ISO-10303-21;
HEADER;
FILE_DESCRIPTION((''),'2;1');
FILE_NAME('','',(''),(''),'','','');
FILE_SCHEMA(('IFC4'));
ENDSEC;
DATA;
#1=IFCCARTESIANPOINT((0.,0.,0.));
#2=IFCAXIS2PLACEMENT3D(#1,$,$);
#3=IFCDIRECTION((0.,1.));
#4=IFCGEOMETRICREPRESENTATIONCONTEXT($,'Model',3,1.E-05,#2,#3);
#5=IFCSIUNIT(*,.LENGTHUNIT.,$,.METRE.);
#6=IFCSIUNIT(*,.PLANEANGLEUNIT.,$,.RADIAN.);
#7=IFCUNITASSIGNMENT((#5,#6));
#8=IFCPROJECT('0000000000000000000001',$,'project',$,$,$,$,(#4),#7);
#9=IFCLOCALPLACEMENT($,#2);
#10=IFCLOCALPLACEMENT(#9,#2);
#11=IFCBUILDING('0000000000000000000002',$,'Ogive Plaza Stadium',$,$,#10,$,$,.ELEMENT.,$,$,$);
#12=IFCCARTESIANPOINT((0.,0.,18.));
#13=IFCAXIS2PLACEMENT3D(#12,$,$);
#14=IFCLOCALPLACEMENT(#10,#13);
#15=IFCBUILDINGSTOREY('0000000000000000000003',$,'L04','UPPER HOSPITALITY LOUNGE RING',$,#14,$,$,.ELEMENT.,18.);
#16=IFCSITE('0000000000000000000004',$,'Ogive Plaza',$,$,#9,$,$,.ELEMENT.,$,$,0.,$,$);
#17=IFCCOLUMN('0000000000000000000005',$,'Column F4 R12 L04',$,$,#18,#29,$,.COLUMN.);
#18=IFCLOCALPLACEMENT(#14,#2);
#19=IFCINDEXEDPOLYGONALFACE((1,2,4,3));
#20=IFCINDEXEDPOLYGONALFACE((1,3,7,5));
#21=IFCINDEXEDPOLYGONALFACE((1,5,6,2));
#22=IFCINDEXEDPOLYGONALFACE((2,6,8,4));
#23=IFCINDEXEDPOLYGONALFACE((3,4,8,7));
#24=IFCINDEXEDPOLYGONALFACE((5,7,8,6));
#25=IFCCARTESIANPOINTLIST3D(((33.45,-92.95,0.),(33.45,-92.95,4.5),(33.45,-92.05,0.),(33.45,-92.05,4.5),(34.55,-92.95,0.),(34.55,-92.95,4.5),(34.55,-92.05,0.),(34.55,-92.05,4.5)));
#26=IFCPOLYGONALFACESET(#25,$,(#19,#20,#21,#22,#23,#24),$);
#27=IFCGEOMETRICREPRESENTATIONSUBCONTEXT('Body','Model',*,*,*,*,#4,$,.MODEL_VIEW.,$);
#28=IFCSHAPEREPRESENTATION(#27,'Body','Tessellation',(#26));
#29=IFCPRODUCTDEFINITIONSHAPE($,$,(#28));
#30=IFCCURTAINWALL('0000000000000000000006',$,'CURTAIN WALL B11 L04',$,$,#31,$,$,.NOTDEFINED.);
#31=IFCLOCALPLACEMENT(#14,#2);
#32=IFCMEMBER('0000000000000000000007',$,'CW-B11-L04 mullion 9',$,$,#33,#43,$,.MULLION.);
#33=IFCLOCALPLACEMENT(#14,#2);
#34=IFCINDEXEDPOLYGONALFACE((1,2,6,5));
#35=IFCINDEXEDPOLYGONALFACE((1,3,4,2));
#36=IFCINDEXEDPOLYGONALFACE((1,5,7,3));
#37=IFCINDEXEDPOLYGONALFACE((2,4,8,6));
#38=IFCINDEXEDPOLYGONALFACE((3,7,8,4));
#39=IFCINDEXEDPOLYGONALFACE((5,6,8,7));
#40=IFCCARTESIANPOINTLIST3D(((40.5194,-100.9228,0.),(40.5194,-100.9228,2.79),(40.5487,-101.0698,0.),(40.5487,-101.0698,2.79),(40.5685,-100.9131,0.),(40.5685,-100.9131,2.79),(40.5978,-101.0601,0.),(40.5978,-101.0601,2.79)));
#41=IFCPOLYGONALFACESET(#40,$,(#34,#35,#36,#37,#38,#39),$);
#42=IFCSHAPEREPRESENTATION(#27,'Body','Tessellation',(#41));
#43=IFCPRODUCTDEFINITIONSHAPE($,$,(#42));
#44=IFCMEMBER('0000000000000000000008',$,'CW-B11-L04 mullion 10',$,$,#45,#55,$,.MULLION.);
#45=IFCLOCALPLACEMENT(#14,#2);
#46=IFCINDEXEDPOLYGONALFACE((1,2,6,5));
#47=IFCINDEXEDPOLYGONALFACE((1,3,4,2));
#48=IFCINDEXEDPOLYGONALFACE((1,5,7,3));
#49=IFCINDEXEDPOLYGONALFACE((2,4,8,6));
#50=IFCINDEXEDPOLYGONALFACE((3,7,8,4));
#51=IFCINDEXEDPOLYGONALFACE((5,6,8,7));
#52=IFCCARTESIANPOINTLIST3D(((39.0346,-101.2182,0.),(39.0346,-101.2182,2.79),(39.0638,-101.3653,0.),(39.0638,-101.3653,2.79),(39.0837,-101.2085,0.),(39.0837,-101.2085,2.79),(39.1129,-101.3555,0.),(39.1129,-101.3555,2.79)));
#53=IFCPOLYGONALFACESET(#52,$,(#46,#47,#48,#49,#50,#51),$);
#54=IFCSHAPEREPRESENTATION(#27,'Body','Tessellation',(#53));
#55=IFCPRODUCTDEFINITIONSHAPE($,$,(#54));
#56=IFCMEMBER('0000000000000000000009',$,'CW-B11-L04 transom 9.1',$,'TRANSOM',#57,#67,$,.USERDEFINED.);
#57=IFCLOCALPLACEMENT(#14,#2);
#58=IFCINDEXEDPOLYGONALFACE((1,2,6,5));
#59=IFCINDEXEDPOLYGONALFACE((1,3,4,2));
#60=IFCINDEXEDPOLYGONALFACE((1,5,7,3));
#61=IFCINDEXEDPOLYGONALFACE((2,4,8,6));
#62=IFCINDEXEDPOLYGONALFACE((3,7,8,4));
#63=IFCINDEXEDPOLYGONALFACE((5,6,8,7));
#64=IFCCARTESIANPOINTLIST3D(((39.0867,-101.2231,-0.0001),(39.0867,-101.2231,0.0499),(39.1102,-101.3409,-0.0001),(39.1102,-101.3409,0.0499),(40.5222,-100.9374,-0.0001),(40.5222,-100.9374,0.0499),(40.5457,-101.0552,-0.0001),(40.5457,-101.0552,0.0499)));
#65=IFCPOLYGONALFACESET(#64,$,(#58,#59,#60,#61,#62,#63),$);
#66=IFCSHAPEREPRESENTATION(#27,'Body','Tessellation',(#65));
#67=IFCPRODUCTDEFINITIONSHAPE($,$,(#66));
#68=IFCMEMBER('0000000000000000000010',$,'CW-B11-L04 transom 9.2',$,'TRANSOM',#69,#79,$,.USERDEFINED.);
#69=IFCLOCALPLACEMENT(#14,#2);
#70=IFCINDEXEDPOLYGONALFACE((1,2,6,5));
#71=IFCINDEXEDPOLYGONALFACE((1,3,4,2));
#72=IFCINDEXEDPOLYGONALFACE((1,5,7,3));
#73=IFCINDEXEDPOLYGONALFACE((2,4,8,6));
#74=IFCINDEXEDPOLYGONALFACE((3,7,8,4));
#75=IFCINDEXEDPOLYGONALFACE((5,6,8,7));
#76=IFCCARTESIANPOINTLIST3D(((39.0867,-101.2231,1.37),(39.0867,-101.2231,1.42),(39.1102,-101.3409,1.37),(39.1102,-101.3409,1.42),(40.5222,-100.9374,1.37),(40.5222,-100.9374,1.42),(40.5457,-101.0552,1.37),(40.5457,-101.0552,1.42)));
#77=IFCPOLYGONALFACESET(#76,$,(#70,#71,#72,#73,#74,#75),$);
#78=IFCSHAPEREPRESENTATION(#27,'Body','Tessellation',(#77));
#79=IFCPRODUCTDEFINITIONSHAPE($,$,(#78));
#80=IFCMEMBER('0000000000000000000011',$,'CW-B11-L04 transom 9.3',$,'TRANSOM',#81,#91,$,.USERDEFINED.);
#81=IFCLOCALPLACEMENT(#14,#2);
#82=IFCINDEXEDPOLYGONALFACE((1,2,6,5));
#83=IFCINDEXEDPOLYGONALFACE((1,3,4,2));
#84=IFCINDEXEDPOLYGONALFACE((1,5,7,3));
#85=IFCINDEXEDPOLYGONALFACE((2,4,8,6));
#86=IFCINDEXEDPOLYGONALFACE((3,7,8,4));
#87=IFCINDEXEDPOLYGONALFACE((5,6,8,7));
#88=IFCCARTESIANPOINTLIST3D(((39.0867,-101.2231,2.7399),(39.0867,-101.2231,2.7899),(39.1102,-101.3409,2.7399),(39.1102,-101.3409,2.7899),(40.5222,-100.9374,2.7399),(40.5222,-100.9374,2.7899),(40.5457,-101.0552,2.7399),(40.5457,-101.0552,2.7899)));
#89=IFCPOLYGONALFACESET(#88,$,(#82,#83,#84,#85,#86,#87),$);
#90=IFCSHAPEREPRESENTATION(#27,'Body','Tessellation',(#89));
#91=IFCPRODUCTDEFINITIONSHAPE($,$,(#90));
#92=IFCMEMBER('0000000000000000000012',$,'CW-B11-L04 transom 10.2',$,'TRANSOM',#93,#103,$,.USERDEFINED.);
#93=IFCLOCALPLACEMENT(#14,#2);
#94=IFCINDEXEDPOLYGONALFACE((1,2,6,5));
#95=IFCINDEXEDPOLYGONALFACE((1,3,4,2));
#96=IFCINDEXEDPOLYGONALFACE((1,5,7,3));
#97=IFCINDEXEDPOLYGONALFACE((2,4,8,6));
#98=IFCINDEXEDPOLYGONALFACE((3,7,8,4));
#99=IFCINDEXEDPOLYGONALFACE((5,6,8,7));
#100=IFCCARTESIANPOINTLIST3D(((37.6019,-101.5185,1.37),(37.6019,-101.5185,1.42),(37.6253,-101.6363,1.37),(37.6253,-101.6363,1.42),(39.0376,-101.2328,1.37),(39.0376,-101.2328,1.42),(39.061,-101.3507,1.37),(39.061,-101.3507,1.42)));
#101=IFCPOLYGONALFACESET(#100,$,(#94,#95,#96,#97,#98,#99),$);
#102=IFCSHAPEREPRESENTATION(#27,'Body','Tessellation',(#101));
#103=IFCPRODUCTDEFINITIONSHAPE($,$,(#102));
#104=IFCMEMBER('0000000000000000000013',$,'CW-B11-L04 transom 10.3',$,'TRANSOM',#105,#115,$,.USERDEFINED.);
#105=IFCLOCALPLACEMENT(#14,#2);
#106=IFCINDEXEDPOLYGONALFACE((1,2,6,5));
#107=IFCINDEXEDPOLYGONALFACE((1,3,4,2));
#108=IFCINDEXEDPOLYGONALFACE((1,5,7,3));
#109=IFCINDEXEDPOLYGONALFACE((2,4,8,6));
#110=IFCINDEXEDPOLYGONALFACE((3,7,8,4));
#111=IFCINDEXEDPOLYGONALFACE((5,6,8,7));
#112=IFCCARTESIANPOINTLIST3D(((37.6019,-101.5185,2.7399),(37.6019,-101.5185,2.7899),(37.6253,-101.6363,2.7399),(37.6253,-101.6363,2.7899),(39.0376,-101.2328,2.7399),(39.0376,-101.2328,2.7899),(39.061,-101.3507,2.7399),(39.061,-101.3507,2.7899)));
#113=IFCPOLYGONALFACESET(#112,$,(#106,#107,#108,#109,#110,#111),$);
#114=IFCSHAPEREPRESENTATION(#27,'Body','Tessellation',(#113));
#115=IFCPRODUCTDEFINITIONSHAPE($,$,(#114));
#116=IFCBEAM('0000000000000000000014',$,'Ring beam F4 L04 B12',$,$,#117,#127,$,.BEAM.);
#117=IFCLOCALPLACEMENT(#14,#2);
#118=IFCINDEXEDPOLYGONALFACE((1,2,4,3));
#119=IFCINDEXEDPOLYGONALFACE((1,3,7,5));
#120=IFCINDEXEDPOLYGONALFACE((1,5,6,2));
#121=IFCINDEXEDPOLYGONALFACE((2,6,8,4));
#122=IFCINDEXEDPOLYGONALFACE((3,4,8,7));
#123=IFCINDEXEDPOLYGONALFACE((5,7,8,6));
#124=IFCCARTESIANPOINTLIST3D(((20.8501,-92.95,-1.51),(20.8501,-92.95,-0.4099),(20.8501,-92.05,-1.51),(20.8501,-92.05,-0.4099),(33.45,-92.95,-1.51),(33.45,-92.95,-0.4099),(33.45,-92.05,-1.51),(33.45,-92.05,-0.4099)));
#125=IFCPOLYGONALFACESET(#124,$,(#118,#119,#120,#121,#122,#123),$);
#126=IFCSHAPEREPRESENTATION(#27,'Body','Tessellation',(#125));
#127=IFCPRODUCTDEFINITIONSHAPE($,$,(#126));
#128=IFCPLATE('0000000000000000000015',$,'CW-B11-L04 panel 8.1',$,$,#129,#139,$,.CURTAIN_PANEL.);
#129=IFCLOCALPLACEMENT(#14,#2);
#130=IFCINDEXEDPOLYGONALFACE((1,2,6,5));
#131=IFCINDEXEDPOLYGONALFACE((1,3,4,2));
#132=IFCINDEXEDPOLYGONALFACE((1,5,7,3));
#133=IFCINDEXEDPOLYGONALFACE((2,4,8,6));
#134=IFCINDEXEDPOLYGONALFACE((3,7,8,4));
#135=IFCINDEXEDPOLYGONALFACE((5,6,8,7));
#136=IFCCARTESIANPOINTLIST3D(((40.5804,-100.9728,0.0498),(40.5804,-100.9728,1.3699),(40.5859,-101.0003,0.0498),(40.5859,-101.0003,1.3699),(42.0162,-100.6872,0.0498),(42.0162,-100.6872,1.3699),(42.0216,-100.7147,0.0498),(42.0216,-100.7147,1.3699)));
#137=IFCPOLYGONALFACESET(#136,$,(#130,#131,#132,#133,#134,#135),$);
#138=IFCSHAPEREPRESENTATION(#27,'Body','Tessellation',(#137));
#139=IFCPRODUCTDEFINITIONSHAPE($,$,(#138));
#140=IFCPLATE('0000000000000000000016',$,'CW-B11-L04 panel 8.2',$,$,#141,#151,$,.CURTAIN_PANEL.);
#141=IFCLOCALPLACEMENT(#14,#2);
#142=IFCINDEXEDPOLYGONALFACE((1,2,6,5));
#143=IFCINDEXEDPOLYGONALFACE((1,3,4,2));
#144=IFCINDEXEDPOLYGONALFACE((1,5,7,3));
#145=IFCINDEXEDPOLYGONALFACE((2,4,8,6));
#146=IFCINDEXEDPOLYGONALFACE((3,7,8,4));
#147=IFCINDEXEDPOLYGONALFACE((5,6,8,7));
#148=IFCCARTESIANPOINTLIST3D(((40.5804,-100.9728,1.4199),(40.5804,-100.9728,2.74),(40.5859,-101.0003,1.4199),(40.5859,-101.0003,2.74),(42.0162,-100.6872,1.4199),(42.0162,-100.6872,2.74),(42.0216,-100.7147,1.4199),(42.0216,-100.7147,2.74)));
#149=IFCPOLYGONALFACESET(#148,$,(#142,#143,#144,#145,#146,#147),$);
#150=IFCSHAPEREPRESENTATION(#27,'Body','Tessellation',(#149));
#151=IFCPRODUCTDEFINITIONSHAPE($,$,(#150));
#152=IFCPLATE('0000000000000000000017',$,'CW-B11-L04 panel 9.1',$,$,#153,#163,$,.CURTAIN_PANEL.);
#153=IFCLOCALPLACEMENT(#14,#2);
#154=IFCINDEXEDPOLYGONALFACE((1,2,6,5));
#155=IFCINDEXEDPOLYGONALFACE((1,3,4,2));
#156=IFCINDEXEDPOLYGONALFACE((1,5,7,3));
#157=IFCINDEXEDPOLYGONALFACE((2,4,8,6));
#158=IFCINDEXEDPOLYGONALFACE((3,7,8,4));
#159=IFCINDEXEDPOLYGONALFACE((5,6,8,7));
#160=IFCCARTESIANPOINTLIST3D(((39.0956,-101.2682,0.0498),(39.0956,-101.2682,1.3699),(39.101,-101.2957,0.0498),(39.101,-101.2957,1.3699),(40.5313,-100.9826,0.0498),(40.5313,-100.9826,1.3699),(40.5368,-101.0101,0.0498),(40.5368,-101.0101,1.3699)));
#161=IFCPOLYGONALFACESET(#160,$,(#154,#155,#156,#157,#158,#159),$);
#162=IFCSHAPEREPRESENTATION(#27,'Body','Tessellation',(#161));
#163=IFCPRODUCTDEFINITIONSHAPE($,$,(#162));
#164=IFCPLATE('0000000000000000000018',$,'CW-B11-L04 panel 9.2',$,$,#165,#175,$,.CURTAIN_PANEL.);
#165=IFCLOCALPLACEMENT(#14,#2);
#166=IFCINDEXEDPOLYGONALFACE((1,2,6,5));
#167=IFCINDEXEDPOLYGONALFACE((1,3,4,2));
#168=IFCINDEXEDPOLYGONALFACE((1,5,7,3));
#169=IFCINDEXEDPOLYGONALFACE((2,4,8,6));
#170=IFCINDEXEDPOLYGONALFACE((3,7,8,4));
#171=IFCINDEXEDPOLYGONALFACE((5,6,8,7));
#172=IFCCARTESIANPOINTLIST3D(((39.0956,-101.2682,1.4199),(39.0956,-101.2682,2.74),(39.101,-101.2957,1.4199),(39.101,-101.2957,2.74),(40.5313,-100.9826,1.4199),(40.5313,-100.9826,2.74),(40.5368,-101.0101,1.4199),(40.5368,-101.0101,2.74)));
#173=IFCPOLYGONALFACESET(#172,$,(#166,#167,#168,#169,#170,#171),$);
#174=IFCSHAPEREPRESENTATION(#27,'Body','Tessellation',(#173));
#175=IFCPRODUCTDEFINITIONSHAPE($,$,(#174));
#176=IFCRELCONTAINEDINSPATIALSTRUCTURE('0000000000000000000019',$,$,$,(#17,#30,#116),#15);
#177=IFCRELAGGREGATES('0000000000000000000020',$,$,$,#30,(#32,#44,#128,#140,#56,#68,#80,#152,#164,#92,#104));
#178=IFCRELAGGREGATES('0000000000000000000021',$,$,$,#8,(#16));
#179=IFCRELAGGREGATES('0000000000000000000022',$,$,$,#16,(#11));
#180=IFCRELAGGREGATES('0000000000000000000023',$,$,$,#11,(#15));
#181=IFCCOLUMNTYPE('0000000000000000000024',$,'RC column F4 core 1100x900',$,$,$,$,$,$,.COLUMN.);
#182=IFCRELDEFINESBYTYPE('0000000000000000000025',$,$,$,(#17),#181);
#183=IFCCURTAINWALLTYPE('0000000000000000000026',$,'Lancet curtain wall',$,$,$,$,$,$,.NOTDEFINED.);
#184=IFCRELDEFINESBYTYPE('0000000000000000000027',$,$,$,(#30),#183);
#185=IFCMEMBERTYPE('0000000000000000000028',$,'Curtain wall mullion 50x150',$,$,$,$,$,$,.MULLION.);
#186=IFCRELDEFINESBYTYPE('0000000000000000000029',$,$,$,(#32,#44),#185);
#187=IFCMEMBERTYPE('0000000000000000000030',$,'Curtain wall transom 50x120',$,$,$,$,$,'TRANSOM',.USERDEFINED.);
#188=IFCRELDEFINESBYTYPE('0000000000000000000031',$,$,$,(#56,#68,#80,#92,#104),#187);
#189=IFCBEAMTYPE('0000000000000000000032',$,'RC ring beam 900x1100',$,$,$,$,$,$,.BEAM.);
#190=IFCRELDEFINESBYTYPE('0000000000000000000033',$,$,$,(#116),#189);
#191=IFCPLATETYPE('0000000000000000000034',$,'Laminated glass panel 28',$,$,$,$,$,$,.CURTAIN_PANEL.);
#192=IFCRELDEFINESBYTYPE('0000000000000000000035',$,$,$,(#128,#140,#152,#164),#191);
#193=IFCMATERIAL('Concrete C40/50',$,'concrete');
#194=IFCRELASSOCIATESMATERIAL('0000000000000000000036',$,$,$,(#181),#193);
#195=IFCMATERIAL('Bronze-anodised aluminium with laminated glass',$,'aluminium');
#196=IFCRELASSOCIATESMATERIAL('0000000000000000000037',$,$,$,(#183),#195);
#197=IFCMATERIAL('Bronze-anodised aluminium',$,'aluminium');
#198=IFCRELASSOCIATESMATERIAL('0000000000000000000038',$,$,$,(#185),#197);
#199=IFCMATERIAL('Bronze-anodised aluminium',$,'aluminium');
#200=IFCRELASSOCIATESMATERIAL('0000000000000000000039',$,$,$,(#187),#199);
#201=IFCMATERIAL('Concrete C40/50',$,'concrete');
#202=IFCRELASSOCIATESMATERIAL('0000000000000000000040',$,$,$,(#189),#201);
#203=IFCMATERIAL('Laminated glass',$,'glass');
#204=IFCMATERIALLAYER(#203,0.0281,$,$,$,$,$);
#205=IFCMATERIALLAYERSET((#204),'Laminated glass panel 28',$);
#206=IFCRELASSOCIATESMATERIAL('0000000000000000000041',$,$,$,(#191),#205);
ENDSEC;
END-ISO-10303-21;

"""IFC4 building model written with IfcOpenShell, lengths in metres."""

from ifc_helpers import new_model, si_unit, direction, frame, origin, origin_2d, place, context, subcontext, project, spatial, rectangle, extrude, material, layer, layer_set, material_profile, profile_set, type_object, element, aggregate, save


model = new_model("IFC4")

# Units and contexts
model_context = context("Model", 3, precision=1e-05, world=origin(), true_north=direction((0.0, 1.0)))
body_context = subcontext(model_context, "Body", "Model", "MODEL_VIEW")
ifc_project = project(units=[si_unit("LENGTHUNIT", "METRE"), si_unit("PLANEANGLEUNIT", "RADIAN")], contexts=[model_context])

# Site, building, storey
site_placement = place(None, origin())
site = spatial("IfcSite", under=ifc_project, at=site_placement, Name="Ogive Plaza", CompositionType="ELEMENT", RefElevation=0.0)
building_placement = place(site_placement, origin())
building = spatial("IfcBuilding", under=site, at=building_placement, Name="Ogive Plaza Stadium", CompositionType="ELEMENT")
storey_placement = place(building_placement, frame((0.0, 0.0, 18.0)))
storey = spatial("IfcBuildingStorey", under=building, at=storey_placement, Name="L04", Description="UPPER HOSPITALITY LOUNGE RING", CompositionType="ELEMENT", Elevation=18.0)

# Column
ifc_material_1 = material(Name="Concrete C40/50", Category="concrete")
ifc_material_profile_1 = material_profile(ifc_material_1, rectangle(XDim=1.1001, YDim=0.8999, at=origin_2d()), Name="RC 1100x900")
ifc_profile_set_1 = profile_set([ifc_material_profile_1], Name="Concrete C40/50")
column_type = type_object("IfcColumnType", Name="RC column F4 core 1100x900", PredefinedType="COLUMN", material=ifc_profile_set_1)
column_placement = place(storey_placement, frame((34.0, -92.5, 0.0), z_axis=(0.0, 0.0, 1.0), x_axis=(1.0, 0.0, 0.0)))
element("IfcColumn", 1, at=column_placement, inside=storey, type_object=column_type, Name="Column F4 R12 L04", PredefinedType="COLUMN", context=body_context, shape_type="SweptSolid", body=[
    extrude(rectangle(XDim=1.1001, YDim=0.8999, at=origin_2d()), origin(), (0.0, 0.0, 1.0), 4.5),
])

# Curtain wall, members
ifc_material_2 = material(Name="Bronze-anodised aluminium with laminated glass", Category="aluminium")
curtain_wall_type = type_object("IfcCurtainWallType", Name="Lancet curtain wall", PredefinedType="NOTDEFINED", material=ifc_material_2)
curtain_wall_placement = place(storey_placement, origin())
curtain_wall = element("IfcCurtainWall", 2, at=curtain_wall_placement, inside=storey, type_object=curtain_wall_type, Name="CURTAIN WALL B11 L04", PredefinedType="NOTDEFINED")
ifc_material_3 = material(Name="Bronze-anodised aluminium", Category="aluminium")
ifc_material_profile_2 = material_profile(ifc_material_3, rectangle(XDim=0.1499, YDim=0.05, at=origin_2d()), Name="AL 150x50")
ifc_profile_set_2 = profile_set([ifc_material_profile_2], Name="Bronze-anodised aluminium")
member_type_1 = type_object("IfcMemberType", Name="Curtain wall mullion 50x150", PredefinedType="MULLION", material=ifc_profile_set_2)
member_1_placement = place(storey_placement, frame((40.5586, -100.9915, 0.0), z_axis=(0.0, 0.0, 1.0), x_axis=(0.19509, -0.980785, 0.0)))
member_1 = element("IfcMember", 3, at=member_1_placement, type_object=member_type_1, Name="CW-B11-L04 mullion 9", PredefinedType="MULLION", context=body_context, shape_type="SweptSolid", body=[
    extrude(rectangle(XDim=0.1499, YDim=0.05, at=origin_2d()), origin(), (0.0, 0.0, 1.0), 2.79),
])
member_2_placement = place(storey_placement, frame((39.0737, -101.2869, 0.0), z_axis=(0.0, 0.0, 1.0), x_axis=(0.19509, -0.980785, 0.0)))
member_2 = element("IfcMember", 4, at=member_2_placement, type_object=member_type_1, Name="CW-B11-L04 mullion 10", PredefinedType="MULLION", context=body_context, shape_type="SweptSolid", body=[
    extrude(rectangle(XDim=0.1499, YDim=0.05, at=origin_2d()), origin(), (0.0, 0.0, 1.0), 2.79),
])
ifc_material_4 = material(Name="Bronze-anodised aluminium", Category="aluminium")
ifc_material_profile_3 = material_profile(ifc_material_4, rectangle(XDim=0.1201, YDim=0.05, at=origin_2d()), Name="AL 120x50")
ifc_profile_set_3 = profile_set([ifc_material_profile_3], Name="Bronze-anodised aluminium")
member_type_2 = type_object("IfcMemberType", Name="Curtain wall transom 50x120", ElementType="TRANSOM", PredefinedType="USERDEFINED", material=ifc_profile_set_3)
member_3_placement = place(storey_placement, frame((40.5339, -100.9963, 0.0249), z_axis=(-0.980773, -0.195154, 0.0), x_axis=(0.195154, -0.980773, 0.0)))
member_3 = element("IfcMember", 5, at=member_3_placement, type_object=member_type_2, Name="CW-B11-L04 transom 9.1", ObjectType="TRANSOM", PredefinedType="USERDEFINED", context=body_context, shape_type="SweptSolid", body=[
    extrude(rectangle(XDim=0.1201, YDim=0.05, at=origin_2d()), origin(), (0.0, 0.0, 1.0), 1.4636),
])
member_4_placement = place(storey_placement, frame((40.5339, -100.9963, 1.395), z_axis=(-0.980773, -0.195154, 0.0), x_axis=(0.195154, -0.980773, 0.0)))
member_4 = element("IfcMember", 6, at=member_4_placement, type_object=member_type_2, Name="CW-B11-L04 transom 9.2", ObjectType="TRANSOM", PredefinedType="USERDEFINED", context=body_context, shape_type="SweptSolid", body=[
    extrude(rectangle(XDim=0.1201, YDim=0.05, at=origin_2d()), origin(), (0.0, 0.0, 1.0), 1.4636),
])
member_5_placement = place(storey_placement, frame((40.5339, -100.9963, 2.7649), z_axis=(-0.980773, -0.195154, 0.0), x_axis=(0.195154, -0.980773, 0.0)))
member_5 = element("IfcMember", 7, at=member_5_placement, type_object=member_type_2, Name="CW-B11-L04 transom 9.3", ObjectType="TRANSOM", PredefinedType="USERDEFINED", context=body_context, shape_type="SweptSolid", body=[
    extrude(rectangle(XDim=0.1201, YDim=0.05, at=origin_2d()), origin(), (0.0, 0.0, 1.0), 1.4636),
])
member_6_placement = place(storey_placement, frame((39.0493, -101.2917, 1.395), z_axis=(-0.980779, -0.195122, 0.0), x_axis=(0.195122, -0.980779, 0.0)))
member_6 = element("IfcMember", 8, at=member_6_placement, type_object=member_type_2, Name="CW-B11-L04 transom 10.2", ObjectType="TRANSOM", PredefinedType="USERDEFINED", context=body_context, shape_type="SweptSolid", body=[
    extrude(rectangle(XDim=0.1201, YDim=0.05, at=origin_2d()), origin(), (0.0, 0.0, 1.0), 1.4639),
])
member_7_placement = place(storey_placement, frame((39.0493, -101.2917, 2.7649), z_axis=(-0.980779, -0.195122, 0.0), x_axis=(0.195122, -0.980779, 0.0)))
member_7 = element("IfcMember", 9, at=member_7_placement, type_object=member_type_2, Name="CW-B11-L04 transom 10.3", ObjectType="TRANSOM", PredefinedType="USERDEFINED", context=body_context, shape_type="SweptSolid", body=[
    extrude(rectangle(XDim=0.1201, YDim=0.05, at=origin_2d()), origin(), (0.0, 0.0, 1.0), 1.4639),
])

# Beam
ifc_material_5 = material(Name="Concrete C40/50", Category="concrete")
ifc_material_profile_4 = material_profile(ifc_material_5, rectangle(XDim=0.8999, YDim=1.1001, at=origin_2d()), Name="RC 900x1100")
ifc_profile_set_4 = profile_set([ifc_material_profile_4], Name="Concrete C40/50")
beam_type = type_object("IfcBeamType", Name="RC ring beam 900x1100", PredefinedType="BEAM", material=ifc_profile_set_4)
beam_placement = place(storey_placement, frame((33.45, -92.5, -0.96), z_axis=(-1.0, 0.0, 0.0), x_axis=(0.0, -1.0, 0.0)))
element("IfcBeam", 10, at=beam_placement, inside=storey, type_object=beam_type, Name="Ring beam F4 L04 B12", PredefinedType="BEAM", context=body_context, shape_type="SweptSolid", body=[
    extrude(rectangle(XDim=0.8999, YDim=1.1001, at=origin_2d()), origin(), (0.0, 0.0, 1.0), 12.5999),
])

# Plates
ifc_material_6 = material(Name="Laminated glass", Category="glass")
ifc_layer_1 = layer(ifc_material_6, 0.0281)
ifc_layer_set_1 = layer_set([ifc_layer_1], Name="Laminated glass panel 28")
plate_type = type_object("IfcPlateType", Name="Laminated glass panel 28", PredefinedType="CURTAIN_PANEL", material=ifc_layer_set_1)
plate_1_placement = place(storey_placement, frame((41.301, -100.8438, 0.0498), z_axis=(0.0, 0.0, 1.0), x_axis=(-0.980785, -0.19509, 0.0)))
plate_1 = element("IfcPlate", 11, at=plate_1_placement, type_object=plate_type, Name="CW-B11-L04 panel 8.1", PredefinedType="CURTAIN_PANEL", context=body_context, shape_type="SweptSolid", body=[
    extrude(rectangle(XDim=1.4639, YDim=0.0281, at=origin_2d()), origin(), (0.0, 0.0, 1.0), 1.3201),
])
plate_2_placement = place(storey_placement, frame((41.301, -100.8438, 1.4199), z_axis=(0.0, 0.0, 1.0), x_axis=(-0.980785, -0.19509, 0.0)))
plate_2 = element("IfcPlate", 12, at=plate_2_placement, type_object=plate_type, Name="CW-B11-L04 panel 8.2", PredefinedType="CURTAIN_PANEL", context=body_context, shape_type="SweptSolid", body=[
    extrude(rectangle(XDim=1.4639, YDim=0.0281, at=origin_2d()), origin(), (0.0, 0.0, 1.0), 1.3201),
])
plate_3_placement = place(storey_placement, frame((39.8162, -101.1392, 0.0498), z_axis=(0.0, 0.0, 1.0), x_axis=(-0.980785, -0.19509, 0.0)))
plate_3 = element("IfcPlate", 13, at=plate_3_placement, type_object=plate_type, Name="CW-B11-L04 panel 9.1", PredefinedType="CURTAIN_PANEL", context=body_context, shape_type="SweptSolid", body=[
    extrude(rectangle(XDim=1.4639, YDim=0.0281, at=origin_2d()), origin(), (0.0, 0.0, 1.0), 1.3201),
])
plate_4_placement = place(storey_placement, frame((39.8162, -101.1392, 1.4199), z_axis=(0.0, 0.0, 1.0), x_axis=(-0.980785, -0.19509, 0.0)))
plate_4 = element("IfcPlate", 14, at=plate_4_placement, type_object=plate_type, Name="CW-B11-L04 panel 9.2", PredefinedType="CURTAIN_PANEL", context=body_context, shape_type="SweptSolid", body=[
    extrude(rectangle(XDim=1.4639, YDim=0.0281, at=origin_2d()), origin(), (0.0, 0.0, 1.0), 1.3201),
])
aggregate(curtain_wall, [member_1, member_2, plate_1, plate_2, member_3, member_4, member_5, plate_3, plate_4, member_6, member_7])

save(model, "model.ifc")
